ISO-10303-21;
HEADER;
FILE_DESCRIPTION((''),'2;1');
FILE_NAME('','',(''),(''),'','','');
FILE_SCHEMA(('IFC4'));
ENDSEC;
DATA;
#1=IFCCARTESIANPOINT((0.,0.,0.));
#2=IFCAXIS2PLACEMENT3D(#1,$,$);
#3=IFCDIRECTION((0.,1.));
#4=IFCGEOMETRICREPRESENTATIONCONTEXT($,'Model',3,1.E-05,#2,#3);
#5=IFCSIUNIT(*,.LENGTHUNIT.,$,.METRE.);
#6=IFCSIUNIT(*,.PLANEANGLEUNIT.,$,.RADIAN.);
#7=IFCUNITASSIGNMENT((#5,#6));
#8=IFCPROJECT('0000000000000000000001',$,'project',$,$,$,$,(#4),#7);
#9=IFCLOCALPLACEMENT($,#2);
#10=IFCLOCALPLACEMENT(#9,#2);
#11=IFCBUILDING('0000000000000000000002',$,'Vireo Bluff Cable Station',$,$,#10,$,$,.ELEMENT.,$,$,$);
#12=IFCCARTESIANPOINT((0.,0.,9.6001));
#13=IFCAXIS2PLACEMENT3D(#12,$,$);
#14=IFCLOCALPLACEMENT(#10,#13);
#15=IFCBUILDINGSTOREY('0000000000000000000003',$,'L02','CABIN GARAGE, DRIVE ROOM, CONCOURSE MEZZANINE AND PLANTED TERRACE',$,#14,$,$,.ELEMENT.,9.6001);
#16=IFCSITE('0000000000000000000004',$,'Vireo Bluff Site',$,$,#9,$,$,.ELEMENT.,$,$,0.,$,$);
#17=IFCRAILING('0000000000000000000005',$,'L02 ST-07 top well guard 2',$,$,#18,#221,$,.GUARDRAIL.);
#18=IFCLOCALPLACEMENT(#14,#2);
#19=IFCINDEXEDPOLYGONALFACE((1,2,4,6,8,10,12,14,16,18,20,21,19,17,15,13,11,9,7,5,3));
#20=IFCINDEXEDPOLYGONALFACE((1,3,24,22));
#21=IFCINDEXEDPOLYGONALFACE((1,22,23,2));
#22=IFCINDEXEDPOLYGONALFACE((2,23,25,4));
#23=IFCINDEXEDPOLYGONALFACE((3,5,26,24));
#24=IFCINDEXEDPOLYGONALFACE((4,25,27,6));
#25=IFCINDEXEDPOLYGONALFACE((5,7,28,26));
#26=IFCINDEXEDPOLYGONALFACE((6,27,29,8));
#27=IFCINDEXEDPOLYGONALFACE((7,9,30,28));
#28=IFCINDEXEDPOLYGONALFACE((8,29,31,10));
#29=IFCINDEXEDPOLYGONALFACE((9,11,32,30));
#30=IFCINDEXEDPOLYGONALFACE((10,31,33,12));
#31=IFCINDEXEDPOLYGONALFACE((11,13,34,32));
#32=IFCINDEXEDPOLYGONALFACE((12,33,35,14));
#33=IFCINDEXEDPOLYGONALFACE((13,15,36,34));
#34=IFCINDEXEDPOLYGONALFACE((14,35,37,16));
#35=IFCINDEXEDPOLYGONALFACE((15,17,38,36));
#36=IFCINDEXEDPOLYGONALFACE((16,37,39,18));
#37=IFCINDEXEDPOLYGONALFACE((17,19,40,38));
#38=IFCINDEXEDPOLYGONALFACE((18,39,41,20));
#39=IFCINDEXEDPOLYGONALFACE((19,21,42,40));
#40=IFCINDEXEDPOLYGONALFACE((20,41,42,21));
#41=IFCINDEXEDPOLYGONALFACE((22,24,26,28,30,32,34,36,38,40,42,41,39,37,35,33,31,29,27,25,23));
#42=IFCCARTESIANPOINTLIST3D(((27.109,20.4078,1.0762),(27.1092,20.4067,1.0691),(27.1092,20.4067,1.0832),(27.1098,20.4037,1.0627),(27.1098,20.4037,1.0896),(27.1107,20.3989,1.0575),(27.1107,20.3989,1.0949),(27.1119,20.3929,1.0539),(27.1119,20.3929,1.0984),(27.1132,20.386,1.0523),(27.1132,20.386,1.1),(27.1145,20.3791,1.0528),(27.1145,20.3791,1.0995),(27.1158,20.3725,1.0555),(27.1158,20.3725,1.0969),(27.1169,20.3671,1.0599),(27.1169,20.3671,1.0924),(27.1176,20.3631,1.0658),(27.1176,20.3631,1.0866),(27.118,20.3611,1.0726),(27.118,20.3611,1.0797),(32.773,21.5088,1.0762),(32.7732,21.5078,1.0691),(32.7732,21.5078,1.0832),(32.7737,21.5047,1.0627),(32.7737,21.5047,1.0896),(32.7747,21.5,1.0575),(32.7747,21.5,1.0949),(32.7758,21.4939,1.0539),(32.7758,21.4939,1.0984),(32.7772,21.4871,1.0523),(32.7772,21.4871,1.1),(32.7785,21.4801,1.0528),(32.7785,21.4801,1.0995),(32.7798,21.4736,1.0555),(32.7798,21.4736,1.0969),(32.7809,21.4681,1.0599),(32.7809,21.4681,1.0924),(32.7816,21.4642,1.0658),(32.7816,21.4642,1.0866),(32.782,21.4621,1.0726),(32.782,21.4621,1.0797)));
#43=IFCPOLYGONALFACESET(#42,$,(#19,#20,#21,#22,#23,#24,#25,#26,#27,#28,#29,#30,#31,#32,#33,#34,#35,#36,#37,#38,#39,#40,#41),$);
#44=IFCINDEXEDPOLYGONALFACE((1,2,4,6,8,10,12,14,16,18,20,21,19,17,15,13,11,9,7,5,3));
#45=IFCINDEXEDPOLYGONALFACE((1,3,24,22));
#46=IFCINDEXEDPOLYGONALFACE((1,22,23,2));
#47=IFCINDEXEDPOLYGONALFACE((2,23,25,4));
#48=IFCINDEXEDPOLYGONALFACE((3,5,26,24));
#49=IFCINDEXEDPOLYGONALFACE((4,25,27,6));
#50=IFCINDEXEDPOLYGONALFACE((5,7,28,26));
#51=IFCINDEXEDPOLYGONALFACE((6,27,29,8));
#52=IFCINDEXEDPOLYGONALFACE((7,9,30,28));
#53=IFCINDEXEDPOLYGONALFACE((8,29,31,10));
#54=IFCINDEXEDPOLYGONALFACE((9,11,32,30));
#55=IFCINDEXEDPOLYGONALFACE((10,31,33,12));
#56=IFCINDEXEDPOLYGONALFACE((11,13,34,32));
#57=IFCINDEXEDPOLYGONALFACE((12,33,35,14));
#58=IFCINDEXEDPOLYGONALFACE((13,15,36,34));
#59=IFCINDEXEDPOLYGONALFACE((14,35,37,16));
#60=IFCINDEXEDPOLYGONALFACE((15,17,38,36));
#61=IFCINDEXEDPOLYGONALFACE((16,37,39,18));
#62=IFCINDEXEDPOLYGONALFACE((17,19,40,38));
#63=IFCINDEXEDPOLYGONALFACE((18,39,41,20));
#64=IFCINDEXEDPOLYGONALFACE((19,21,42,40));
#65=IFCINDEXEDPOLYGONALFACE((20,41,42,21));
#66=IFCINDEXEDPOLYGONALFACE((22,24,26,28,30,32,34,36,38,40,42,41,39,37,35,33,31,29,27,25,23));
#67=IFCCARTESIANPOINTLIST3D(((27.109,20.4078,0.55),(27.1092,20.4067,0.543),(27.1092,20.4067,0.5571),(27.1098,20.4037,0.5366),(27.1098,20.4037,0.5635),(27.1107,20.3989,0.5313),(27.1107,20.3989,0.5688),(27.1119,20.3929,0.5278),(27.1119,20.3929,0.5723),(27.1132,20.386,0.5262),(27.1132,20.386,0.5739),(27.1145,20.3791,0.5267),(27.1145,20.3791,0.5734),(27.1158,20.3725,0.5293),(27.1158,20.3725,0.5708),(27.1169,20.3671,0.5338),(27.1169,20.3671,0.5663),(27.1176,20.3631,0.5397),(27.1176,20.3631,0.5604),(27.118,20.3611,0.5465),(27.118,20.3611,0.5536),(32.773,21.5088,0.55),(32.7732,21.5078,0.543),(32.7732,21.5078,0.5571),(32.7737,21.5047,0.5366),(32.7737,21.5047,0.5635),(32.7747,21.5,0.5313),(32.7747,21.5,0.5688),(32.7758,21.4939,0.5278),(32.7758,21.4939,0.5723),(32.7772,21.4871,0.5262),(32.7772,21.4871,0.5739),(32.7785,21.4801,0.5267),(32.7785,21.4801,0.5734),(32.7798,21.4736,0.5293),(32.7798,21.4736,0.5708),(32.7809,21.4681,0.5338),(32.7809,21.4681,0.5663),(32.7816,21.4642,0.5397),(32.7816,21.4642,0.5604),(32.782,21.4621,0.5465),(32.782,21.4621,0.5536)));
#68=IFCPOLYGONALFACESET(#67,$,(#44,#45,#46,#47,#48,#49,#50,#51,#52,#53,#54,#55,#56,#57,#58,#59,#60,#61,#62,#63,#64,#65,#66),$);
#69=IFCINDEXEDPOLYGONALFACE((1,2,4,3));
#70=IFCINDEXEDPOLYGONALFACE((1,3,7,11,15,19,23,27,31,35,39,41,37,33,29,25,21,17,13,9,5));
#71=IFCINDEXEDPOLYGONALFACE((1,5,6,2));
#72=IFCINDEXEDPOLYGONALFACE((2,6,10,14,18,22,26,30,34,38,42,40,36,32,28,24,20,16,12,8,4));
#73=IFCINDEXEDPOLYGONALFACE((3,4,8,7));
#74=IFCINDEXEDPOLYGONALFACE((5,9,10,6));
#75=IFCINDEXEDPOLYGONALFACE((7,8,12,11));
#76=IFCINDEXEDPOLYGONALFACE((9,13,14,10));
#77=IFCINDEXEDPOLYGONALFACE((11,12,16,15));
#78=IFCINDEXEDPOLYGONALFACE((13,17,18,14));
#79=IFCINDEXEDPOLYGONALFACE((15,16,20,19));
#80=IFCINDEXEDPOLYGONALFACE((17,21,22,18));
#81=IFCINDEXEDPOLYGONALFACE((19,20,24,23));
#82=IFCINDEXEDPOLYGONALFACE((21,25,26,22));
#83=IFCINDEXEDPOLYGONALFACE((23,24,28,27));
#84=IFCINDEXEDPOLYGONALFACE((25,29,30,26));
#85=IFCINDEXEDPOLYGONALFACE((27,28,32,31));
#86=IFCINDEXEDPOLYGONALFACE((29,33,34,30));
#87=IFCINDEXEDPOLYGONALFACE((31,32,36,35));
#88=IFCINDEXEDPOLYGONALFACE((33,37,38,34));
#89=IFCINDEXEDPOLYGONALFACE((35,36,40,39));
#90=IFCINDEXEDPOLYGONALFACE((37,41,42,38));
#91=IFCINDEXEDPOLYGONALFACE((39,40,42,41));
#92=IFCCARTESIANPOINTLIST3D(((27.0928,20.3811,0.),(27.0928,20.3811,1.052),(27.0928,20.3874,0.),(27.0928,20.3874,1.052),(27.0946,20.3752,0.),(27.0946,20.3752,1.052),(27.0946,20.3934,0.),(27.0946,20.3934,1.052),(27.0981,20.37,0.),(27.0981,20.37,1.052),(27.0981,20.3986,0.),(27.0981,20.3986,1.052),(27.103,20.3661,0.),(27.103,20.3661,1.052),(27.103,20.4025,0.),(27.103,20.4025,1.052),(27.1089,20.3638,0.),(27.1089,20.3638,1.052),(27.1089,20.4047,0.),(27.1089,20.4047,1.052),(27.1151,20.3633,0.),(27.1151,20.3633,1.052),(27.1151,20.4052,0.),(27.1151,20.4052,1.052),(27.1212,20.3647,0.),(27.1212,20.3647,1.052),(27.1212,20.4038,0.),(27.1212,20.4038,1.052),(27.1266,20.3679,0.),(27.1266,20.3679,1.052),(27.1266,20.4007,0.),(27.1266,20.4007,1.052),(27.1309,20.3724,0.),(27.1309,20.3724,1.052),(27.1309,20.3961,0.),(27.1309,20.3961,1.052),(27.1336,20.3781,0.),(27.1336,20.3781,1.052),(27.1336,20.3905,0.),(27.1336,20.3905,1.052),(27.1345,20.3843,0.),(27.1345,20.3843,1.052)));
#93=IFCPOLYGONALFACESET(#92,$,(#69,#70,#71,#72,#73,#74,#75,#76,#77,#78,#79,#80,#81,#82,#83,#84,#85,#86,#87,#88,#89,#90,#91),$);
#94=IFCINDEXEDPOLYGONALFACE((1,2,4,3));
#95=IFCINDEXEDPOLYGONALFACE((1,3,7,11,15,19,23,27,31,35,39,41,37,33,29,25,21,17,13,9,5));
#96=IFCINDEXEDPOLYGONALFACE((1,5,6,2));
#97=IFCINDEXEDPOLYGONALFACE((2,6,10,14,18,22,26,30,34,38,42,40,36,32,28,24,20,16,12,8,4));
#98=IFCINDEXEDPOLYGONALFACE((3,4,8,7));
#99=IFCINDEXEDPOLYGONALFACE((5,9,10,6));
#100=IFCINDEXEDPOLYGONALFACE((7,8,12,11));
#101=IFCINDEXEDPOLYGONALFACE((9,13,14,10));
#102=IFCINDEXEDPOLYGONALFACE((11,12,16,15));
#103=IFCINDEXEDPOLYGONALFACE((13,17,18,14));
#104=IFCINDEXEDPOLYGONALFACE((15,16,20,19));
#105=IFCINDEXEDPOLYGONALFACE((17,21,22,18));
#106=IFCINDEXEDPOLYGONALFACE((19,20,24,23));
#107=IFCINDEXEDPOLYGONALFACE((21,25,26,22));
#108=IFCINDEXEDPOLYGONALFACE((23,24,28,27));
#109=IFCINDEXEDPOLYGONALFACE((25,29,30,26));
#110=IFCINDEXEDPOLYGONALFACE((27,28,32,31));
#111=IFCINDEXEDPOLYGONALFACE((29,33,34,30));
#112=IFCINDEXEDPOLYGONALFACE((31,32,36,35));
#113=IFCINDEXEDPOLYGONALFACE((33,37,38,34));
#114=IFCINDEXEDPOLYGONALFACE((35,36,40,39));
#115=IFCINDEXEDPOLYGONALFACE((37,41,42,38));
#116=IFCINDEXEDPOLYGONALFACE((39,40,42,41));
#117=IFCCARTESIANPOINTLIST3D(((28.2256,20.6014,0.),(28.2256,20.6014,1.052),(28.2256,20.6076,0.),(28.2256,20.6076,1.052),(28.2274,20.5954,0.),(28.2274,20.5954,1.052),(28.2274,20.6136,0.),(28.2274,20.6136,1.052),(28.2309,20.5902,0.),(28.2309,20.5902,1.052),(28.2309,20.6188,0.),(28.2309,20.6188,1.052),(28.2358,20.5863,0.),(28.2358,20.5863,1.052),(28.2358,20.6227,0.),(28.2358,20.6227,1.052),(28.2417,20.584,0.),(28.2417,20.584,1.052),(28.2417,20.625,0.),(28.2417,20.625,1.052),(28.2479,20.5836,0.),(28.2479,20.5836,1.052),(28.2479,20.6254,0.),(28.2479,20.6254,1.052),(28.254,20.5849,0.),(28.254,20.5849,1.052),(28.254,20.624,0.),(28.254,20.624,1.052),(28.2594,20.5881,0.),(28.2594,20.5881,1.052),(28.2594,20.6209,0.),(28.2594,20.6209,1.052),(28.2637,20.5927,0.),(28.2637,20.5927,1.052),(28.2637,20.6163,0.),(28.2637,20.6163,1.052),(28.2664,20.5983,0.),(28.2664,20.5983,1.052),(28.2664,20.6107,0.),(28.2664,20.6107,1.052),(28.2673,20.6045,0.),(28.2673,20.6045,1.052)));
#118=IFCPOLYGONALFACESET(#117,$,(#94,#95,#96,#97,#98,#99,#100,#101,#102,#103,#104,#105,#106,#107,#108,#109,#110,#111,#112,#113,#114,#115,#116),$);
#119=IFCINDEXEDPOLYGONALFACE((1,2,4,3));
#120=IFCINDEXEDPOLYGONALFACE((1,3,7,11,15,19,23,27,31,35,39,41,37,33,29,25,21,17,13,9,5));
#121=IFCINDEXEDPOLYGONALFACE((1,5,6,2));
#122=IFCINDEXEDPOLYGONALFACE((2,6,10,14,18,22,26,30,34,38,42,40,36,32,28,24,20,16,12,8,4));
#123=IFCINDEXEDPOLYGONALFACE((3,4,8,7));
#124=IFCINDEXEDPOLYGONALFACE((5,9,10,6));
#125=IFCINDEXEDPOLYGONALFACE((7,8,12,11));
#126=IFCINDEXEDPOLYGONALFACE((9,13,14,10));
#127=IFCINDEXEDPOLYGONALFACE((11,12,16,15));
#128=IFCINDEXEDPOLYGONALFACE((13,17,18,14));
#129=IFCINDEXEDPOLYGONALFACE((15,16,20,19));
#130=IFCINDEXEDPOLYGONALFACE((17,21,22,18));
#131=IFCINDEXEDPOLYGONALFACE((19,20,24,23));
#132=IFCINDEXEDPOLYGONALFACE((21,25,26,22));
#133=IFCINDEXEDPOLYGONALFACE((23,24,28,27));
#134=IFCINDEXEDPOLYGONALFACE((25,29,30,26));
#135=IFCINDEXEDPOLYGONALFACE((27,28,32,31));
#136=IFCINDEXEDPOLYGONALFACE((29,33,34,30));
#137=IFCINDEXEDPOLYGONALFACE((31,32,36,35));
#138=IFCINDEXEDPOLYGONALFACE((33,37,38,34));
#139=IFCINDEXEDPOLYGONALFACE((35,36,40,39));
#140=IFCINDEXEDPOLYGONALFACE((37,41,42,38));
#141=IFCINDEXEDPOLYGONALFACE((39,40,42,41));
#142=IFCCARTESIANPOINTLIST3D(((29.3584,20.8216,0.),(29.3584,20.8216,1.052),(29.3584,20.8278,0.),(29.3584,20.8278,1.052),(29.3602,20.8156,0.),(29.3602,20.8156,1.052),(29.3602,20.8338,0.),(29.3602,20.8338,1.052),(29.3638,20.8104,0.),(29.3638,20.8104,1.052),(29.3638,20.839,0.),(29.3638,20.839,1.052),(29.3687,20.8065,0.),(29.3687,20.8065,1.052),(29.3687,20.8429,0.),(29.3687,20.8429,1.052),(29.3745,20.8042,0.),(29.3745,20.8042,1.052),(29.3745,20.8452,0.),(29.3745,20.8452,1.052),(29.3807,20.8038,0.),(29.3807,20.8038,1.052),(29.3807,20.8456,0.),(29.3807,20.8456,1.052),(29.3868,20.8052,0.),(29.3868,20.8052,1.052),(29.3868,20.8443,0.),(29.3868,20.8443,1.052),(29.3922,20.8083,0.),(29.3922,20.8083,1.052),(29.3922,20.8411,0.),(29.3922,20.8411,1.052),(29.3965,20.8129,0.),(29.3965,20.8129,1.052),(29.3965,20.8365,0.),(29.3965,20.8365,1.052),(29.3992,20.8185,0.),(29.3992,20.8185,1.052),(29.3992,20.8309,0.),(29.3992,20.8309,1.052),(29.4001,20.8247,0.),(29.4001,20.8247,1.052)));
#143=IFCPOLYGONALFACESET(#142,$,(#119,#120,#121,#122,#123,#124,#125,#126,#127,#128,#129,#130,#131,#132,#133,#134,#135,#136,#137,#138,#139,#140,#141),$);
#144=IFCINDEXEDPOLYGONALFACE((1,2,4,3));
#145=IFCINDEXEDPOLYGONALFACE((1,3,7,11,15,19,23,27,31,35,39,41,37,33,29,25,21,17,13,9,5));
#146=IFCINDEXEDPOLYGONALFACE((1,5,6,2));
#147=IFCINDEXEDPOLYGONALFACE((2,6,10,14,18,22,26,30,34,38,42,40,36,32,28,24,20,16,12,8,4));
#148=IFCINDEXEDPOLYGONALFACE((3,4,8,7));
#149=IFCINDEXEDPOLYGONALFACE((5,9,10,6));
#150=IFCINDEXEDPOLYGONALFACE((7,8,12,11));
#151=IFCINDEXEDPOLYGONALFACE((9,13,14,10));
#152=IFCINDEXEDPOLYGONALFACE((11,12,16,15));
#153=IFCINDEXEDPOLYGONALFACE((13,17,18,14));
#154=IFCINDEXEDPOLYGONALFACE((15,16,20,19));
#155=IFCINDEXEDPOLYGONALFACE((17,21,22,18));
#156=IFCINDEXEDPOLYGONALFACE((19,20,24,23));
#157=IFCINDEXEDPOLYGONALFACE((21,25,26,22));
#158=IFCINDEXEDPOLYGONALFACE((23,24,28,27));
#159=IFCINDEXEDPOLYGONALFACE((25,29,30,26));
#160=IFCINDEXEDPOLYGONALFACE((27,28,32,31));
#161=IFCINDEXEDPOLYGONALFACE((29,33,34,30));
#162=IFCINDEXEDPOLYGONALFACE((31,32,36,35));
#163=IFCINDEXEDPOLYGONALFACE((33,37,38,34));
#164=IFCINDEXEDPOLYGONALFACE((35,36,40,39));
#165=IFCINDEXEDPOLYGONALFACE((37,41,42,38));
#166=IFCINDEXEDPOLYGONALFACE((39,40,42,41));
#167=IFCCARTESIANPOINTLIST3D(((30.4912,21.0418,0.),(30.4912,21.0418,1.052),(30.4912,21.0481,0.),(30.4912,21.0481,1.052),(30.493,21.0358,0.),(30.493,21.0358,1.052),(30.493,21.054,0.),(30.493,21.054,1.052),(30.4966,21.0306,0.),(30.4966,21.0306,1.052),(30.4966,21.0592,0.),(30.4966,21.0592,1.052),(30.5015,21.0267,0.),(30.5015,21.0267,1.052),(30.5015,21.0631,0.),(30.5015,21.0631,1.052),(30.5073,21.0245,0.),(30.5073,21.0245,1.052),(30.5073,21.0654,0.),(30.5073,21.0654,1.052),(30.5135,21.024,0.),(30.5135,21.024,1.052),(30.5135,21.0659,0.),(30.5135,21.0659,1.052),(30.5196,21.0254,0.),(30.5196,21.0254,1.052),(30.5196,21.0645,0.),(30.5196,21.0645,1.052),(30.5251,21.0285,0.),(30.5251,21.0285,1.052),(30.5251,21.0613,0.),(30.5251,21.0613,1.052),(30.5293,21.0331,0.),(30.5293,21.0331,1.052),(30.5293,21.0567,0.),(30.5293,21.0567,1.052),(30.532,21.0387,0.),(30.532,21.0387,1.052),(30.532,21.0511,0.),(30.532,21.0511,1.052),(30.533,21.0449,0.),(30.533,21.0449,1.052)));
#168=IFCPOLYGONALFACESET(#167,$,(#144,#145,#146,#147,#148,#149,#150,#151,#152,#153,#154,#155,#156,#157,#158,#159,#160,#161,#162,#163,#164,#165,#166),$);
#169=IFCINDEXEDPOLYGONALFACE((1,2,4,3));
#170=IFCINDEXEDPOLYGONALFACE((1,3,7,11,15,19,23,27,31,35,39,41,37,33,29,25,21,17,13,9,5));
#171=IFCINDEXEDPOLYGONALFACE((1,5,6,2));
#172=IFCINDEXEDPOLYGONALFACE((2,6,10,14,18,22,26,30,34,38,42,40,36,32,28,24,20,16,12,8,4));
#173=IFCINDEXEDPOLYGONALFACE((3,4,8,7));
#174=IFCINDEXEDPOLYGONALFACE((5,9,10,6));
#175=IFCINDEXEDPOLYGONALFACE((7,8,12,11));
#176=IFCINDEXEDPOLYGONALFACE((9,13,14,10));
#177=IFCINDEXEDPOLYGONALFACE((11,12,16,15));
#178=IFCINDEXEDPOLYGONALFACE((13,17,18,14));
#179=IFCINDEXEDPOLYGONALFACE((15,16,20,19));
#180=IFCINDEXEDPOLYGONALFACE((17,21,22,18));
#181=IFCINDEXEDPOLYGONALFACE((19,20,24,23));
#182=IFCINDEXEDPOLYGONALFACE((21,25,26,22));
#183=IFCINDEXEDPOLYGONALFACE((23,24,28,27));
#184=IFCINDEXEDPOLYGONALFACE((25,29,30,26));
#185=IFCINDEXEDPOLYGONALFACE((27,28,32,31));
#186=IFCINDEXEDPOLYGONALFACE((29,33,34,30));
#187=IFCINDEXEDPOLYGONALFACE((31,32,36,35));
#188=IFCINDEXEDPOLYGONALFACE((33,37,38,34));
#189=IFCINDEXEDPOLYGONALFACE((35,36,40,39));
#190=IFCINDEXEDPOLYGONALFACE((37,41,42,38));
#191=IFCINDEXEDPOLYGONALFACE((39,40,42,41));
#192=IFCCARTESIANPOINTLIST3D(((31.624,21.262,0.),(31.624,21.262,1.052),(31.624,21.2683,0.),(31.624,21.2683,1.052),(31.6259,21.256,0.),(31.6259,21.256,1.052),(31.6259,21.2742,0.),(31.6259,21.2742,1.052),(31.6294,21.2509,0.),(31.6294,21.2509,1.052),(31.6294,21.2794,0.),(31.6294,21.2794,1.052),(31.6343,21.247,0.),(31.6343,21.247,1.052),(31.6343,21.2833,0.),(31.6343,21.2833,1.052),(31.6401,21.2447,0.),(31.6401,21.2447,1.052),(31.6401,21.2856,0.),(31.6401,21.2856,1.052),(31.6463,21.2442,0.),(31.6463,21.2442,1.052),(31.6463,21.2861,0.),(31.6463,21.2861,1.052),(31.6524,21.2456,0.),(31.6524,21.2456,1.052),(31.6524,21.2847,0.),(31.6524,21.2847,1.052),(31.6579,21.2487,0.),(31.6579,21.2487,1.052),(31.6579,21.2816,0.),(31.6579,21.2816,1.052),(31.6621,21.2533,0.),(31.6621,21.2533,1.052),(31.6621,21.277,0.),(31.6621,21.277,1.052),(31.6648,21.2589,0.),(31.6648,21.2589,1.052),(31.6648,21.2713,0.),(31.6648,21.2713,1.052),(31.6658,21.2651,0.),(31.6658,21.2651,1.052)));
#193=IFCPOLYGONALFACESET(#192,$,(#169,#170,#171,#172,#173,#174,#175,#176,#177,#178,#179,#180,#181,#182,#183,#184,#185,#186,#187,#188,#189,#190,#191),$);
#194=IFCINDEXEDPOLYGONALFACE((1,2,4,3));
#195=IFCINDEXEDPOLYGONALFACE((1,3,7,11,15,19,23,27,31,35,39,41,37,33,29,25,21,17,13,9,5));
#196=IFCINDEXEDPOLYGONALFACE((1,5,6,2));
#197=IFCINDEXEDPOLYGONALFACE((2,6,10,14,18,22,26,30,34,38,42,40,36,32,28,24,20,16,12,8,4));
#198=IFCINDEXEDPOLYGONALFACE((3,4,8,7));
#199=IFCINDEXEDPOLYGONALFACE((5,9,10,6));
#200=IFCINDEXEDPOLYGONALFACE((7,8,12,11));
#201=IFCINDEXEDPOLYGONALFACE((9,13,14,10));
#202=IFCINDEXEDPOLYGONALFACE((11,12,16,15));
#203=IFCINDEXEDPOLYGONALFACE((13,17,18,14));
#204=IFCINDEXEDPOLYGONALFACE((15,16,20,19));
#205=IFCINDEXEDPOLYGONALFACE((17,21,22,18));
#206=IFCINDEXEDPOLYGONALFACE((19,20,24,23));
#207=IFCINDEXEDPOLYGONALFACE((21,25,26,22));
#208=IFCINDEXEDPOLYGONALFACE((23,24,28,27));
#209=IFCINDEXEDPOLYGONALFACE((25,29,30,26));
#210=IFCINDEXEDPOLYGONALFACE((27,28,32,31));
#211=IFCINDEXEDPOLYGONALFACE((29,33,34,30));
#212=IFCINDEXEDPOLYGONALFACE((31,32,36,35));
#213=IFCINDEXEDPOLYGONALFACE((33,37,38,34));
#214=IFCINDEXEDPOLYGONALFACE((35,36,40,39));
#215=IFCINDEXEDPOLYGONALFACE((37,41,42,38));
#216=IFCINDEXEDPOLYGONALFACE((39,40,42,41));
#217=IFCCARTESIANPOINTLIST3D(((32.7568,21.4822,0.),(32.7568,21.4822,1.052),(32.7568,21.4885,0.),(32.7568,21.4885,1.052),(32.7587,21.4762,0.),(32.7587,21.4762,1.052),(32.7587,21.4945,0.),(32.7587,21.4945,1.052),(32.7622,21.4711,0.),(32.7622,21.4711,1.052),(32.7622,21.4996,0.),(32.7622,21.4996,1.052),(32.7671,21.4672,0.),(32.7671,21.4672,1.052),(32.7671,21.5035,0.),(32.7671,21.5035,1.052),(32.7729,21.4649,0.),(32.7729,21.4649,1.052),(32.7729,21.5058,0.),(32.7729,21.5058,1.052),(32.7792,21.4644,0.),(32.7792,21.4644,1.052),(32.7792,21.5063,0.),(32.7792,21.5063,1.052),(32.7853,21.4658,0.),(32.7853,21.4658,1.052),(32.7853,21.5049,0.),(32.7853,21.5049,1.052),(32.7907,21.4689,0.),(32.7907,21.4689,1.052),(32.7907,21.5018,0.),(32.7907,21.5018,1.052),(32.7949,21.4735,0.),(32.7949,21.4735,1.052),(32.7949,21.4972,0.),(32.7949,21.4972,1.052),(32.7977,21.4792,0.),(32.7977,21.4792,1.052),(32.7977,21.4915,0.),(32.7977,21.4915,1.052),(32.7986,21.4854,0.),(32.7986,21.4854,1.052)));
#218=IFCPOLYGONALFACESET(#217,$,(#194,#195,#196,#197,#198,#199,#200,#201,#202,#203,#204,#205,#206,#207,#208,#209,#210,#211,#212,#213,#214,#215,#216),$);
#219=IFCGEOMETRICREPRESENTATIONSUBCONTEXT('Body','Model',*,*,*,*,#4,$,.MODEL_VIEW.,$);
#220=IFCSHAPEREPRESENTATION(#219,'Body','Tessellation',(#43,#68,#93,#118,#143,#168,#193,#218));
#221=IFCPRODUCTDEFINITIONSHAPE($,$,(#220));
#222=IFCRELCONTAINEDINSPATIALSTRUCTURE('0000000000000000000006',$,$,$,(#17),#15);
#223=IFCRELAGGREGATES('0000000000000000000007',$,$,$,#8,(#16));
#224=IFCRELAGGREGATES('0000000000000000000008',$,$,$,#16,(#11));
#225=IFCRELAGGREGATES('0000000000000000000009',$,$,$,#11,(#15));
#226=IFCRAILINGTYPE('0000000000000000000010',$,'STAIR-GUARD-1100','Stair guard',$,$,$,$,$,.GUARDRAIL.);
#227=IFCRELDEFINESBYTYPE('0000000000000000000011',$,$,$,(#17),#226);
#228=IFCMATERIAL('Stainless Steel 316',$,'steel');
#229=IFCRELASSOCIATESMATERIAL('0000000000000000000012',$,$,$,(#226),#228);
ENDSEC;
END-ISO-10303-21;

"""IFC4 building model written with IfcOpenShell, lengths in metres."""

from ifc_helpers import new_model, si_unit, direction, frame, origin, origin_2d, place, context, subcontext, project, spatial, circle, extrude, material, type_object, element, save


model = new_model("IFC4")

# Units and contexts
model_context = context("Model", 3, precision=1e-05, world=origin(), true_north=direction((0.0, 1.0)))
body_context = subcontext(model_context, "Body", "Model", "MODEL_VIEW")
ifc_project = project(units=[si_unit("LENGTHUNIT", "METRE"), si_unit("PLANEANGLEUNIT", "RADIAN")], contexts=[model_context])

# Site, building, storey
site_placement = place(None, origin())
site = spatial("IfcSite", under=ifc_project, at=site_placement, Name="Vireo Bluff Site", CompositionType="ELEMENT", RefElevation=0.0)
building_placement = place(site_placement, origin())
building = spatial("IfcBuilding", under=site, at=building_placement, Name="Vireo Bluff Cable Station", CompositionType="ELEMENT")
storey_placement = place(building_placement, frame((0.0, 0.0, 9.6001)))
storey = spatial("IfcBuildingStorey", under=building, at=storey_placement, Name="L02", Description="CABIN GARAGE, DRIVE ROOM, CONCOURSE MEZZANINE AND PLANTED TERRACE", CompositionType="ELEMENT", Elevation=9.6001)

# Railing
ifc_material_1 = material(Name="Stainless Steel 316", Category="steel")
railing_type = type_object("IfcRailingType", Name="STAIR-GUARD-1100", Description="Stair guard", PredefinedType="GUARDRAIL", material=ifc_material_1)
railing_1_placement = place(storey_placement, frame((27.1135, 20.3843, 0.0)))
element("IfcRailing", 1, at=railing_1_placement, inside=storey, type_object=railing_type, Name="L02 ST-07 top well guard 2", PredefinedType="GUARDRAIL", context=body_context, shape_type="SweptSolid", body=[
    extrude(circle(Radius=0.0239, at=origin_2d()), frame((0.0, 0.0, 1.0762), z_axis=(0.981624, 0.190824, 0.0), x_axis=(-0.190824, 0.981624, 0.0)), (0.0, 0.0, 1.0), 5.77),
    extrude(circle(Radius=0.0239, at=origin_2d()), frame((0.0, 0.0, 0.55), z_axis=(0.981624, 0.190824, 0.0), x_axis=(-0.190824, 0.981624, 0.0)), (0.0, 0.0, 1.0), 5.77),
    extrude(circle(Radius=0.021, at=origin_2d()), origin(), (0.0, 0.0, 1.0), 1.052),
    extrude(circle(Radius=0.021, at=origin_2d()), frame((1.1328, 0.2202, 0.0)), (0.0, 0.0, 1.0), 1.052),
    extrude(circle(Radius=0.021, at=origin_2d()), frame((2.2656, 0.4404, 0.0)), (0.0, 0.0, 1.0), 1.052),
    extrude(circle(Radius=0.021, at=origin_2d()), frame((3.3984, 0.6606, 0.0)), (0.0, 0.0, 1.0), 1.052),
    extrude(circle(Radius=0.021, at=origin_2d()), frame((4.5312, 0.8809, 0.0)), (0.0, 0.0, 1.0), 1.052),
    extrude(circle(Radius=0.021, at=origin_2d()), frame((5.6641, 1.1011, 0.0)), (0.0, 0.0, 1.0), 1.052),
])

save(model, "model.ifc")
